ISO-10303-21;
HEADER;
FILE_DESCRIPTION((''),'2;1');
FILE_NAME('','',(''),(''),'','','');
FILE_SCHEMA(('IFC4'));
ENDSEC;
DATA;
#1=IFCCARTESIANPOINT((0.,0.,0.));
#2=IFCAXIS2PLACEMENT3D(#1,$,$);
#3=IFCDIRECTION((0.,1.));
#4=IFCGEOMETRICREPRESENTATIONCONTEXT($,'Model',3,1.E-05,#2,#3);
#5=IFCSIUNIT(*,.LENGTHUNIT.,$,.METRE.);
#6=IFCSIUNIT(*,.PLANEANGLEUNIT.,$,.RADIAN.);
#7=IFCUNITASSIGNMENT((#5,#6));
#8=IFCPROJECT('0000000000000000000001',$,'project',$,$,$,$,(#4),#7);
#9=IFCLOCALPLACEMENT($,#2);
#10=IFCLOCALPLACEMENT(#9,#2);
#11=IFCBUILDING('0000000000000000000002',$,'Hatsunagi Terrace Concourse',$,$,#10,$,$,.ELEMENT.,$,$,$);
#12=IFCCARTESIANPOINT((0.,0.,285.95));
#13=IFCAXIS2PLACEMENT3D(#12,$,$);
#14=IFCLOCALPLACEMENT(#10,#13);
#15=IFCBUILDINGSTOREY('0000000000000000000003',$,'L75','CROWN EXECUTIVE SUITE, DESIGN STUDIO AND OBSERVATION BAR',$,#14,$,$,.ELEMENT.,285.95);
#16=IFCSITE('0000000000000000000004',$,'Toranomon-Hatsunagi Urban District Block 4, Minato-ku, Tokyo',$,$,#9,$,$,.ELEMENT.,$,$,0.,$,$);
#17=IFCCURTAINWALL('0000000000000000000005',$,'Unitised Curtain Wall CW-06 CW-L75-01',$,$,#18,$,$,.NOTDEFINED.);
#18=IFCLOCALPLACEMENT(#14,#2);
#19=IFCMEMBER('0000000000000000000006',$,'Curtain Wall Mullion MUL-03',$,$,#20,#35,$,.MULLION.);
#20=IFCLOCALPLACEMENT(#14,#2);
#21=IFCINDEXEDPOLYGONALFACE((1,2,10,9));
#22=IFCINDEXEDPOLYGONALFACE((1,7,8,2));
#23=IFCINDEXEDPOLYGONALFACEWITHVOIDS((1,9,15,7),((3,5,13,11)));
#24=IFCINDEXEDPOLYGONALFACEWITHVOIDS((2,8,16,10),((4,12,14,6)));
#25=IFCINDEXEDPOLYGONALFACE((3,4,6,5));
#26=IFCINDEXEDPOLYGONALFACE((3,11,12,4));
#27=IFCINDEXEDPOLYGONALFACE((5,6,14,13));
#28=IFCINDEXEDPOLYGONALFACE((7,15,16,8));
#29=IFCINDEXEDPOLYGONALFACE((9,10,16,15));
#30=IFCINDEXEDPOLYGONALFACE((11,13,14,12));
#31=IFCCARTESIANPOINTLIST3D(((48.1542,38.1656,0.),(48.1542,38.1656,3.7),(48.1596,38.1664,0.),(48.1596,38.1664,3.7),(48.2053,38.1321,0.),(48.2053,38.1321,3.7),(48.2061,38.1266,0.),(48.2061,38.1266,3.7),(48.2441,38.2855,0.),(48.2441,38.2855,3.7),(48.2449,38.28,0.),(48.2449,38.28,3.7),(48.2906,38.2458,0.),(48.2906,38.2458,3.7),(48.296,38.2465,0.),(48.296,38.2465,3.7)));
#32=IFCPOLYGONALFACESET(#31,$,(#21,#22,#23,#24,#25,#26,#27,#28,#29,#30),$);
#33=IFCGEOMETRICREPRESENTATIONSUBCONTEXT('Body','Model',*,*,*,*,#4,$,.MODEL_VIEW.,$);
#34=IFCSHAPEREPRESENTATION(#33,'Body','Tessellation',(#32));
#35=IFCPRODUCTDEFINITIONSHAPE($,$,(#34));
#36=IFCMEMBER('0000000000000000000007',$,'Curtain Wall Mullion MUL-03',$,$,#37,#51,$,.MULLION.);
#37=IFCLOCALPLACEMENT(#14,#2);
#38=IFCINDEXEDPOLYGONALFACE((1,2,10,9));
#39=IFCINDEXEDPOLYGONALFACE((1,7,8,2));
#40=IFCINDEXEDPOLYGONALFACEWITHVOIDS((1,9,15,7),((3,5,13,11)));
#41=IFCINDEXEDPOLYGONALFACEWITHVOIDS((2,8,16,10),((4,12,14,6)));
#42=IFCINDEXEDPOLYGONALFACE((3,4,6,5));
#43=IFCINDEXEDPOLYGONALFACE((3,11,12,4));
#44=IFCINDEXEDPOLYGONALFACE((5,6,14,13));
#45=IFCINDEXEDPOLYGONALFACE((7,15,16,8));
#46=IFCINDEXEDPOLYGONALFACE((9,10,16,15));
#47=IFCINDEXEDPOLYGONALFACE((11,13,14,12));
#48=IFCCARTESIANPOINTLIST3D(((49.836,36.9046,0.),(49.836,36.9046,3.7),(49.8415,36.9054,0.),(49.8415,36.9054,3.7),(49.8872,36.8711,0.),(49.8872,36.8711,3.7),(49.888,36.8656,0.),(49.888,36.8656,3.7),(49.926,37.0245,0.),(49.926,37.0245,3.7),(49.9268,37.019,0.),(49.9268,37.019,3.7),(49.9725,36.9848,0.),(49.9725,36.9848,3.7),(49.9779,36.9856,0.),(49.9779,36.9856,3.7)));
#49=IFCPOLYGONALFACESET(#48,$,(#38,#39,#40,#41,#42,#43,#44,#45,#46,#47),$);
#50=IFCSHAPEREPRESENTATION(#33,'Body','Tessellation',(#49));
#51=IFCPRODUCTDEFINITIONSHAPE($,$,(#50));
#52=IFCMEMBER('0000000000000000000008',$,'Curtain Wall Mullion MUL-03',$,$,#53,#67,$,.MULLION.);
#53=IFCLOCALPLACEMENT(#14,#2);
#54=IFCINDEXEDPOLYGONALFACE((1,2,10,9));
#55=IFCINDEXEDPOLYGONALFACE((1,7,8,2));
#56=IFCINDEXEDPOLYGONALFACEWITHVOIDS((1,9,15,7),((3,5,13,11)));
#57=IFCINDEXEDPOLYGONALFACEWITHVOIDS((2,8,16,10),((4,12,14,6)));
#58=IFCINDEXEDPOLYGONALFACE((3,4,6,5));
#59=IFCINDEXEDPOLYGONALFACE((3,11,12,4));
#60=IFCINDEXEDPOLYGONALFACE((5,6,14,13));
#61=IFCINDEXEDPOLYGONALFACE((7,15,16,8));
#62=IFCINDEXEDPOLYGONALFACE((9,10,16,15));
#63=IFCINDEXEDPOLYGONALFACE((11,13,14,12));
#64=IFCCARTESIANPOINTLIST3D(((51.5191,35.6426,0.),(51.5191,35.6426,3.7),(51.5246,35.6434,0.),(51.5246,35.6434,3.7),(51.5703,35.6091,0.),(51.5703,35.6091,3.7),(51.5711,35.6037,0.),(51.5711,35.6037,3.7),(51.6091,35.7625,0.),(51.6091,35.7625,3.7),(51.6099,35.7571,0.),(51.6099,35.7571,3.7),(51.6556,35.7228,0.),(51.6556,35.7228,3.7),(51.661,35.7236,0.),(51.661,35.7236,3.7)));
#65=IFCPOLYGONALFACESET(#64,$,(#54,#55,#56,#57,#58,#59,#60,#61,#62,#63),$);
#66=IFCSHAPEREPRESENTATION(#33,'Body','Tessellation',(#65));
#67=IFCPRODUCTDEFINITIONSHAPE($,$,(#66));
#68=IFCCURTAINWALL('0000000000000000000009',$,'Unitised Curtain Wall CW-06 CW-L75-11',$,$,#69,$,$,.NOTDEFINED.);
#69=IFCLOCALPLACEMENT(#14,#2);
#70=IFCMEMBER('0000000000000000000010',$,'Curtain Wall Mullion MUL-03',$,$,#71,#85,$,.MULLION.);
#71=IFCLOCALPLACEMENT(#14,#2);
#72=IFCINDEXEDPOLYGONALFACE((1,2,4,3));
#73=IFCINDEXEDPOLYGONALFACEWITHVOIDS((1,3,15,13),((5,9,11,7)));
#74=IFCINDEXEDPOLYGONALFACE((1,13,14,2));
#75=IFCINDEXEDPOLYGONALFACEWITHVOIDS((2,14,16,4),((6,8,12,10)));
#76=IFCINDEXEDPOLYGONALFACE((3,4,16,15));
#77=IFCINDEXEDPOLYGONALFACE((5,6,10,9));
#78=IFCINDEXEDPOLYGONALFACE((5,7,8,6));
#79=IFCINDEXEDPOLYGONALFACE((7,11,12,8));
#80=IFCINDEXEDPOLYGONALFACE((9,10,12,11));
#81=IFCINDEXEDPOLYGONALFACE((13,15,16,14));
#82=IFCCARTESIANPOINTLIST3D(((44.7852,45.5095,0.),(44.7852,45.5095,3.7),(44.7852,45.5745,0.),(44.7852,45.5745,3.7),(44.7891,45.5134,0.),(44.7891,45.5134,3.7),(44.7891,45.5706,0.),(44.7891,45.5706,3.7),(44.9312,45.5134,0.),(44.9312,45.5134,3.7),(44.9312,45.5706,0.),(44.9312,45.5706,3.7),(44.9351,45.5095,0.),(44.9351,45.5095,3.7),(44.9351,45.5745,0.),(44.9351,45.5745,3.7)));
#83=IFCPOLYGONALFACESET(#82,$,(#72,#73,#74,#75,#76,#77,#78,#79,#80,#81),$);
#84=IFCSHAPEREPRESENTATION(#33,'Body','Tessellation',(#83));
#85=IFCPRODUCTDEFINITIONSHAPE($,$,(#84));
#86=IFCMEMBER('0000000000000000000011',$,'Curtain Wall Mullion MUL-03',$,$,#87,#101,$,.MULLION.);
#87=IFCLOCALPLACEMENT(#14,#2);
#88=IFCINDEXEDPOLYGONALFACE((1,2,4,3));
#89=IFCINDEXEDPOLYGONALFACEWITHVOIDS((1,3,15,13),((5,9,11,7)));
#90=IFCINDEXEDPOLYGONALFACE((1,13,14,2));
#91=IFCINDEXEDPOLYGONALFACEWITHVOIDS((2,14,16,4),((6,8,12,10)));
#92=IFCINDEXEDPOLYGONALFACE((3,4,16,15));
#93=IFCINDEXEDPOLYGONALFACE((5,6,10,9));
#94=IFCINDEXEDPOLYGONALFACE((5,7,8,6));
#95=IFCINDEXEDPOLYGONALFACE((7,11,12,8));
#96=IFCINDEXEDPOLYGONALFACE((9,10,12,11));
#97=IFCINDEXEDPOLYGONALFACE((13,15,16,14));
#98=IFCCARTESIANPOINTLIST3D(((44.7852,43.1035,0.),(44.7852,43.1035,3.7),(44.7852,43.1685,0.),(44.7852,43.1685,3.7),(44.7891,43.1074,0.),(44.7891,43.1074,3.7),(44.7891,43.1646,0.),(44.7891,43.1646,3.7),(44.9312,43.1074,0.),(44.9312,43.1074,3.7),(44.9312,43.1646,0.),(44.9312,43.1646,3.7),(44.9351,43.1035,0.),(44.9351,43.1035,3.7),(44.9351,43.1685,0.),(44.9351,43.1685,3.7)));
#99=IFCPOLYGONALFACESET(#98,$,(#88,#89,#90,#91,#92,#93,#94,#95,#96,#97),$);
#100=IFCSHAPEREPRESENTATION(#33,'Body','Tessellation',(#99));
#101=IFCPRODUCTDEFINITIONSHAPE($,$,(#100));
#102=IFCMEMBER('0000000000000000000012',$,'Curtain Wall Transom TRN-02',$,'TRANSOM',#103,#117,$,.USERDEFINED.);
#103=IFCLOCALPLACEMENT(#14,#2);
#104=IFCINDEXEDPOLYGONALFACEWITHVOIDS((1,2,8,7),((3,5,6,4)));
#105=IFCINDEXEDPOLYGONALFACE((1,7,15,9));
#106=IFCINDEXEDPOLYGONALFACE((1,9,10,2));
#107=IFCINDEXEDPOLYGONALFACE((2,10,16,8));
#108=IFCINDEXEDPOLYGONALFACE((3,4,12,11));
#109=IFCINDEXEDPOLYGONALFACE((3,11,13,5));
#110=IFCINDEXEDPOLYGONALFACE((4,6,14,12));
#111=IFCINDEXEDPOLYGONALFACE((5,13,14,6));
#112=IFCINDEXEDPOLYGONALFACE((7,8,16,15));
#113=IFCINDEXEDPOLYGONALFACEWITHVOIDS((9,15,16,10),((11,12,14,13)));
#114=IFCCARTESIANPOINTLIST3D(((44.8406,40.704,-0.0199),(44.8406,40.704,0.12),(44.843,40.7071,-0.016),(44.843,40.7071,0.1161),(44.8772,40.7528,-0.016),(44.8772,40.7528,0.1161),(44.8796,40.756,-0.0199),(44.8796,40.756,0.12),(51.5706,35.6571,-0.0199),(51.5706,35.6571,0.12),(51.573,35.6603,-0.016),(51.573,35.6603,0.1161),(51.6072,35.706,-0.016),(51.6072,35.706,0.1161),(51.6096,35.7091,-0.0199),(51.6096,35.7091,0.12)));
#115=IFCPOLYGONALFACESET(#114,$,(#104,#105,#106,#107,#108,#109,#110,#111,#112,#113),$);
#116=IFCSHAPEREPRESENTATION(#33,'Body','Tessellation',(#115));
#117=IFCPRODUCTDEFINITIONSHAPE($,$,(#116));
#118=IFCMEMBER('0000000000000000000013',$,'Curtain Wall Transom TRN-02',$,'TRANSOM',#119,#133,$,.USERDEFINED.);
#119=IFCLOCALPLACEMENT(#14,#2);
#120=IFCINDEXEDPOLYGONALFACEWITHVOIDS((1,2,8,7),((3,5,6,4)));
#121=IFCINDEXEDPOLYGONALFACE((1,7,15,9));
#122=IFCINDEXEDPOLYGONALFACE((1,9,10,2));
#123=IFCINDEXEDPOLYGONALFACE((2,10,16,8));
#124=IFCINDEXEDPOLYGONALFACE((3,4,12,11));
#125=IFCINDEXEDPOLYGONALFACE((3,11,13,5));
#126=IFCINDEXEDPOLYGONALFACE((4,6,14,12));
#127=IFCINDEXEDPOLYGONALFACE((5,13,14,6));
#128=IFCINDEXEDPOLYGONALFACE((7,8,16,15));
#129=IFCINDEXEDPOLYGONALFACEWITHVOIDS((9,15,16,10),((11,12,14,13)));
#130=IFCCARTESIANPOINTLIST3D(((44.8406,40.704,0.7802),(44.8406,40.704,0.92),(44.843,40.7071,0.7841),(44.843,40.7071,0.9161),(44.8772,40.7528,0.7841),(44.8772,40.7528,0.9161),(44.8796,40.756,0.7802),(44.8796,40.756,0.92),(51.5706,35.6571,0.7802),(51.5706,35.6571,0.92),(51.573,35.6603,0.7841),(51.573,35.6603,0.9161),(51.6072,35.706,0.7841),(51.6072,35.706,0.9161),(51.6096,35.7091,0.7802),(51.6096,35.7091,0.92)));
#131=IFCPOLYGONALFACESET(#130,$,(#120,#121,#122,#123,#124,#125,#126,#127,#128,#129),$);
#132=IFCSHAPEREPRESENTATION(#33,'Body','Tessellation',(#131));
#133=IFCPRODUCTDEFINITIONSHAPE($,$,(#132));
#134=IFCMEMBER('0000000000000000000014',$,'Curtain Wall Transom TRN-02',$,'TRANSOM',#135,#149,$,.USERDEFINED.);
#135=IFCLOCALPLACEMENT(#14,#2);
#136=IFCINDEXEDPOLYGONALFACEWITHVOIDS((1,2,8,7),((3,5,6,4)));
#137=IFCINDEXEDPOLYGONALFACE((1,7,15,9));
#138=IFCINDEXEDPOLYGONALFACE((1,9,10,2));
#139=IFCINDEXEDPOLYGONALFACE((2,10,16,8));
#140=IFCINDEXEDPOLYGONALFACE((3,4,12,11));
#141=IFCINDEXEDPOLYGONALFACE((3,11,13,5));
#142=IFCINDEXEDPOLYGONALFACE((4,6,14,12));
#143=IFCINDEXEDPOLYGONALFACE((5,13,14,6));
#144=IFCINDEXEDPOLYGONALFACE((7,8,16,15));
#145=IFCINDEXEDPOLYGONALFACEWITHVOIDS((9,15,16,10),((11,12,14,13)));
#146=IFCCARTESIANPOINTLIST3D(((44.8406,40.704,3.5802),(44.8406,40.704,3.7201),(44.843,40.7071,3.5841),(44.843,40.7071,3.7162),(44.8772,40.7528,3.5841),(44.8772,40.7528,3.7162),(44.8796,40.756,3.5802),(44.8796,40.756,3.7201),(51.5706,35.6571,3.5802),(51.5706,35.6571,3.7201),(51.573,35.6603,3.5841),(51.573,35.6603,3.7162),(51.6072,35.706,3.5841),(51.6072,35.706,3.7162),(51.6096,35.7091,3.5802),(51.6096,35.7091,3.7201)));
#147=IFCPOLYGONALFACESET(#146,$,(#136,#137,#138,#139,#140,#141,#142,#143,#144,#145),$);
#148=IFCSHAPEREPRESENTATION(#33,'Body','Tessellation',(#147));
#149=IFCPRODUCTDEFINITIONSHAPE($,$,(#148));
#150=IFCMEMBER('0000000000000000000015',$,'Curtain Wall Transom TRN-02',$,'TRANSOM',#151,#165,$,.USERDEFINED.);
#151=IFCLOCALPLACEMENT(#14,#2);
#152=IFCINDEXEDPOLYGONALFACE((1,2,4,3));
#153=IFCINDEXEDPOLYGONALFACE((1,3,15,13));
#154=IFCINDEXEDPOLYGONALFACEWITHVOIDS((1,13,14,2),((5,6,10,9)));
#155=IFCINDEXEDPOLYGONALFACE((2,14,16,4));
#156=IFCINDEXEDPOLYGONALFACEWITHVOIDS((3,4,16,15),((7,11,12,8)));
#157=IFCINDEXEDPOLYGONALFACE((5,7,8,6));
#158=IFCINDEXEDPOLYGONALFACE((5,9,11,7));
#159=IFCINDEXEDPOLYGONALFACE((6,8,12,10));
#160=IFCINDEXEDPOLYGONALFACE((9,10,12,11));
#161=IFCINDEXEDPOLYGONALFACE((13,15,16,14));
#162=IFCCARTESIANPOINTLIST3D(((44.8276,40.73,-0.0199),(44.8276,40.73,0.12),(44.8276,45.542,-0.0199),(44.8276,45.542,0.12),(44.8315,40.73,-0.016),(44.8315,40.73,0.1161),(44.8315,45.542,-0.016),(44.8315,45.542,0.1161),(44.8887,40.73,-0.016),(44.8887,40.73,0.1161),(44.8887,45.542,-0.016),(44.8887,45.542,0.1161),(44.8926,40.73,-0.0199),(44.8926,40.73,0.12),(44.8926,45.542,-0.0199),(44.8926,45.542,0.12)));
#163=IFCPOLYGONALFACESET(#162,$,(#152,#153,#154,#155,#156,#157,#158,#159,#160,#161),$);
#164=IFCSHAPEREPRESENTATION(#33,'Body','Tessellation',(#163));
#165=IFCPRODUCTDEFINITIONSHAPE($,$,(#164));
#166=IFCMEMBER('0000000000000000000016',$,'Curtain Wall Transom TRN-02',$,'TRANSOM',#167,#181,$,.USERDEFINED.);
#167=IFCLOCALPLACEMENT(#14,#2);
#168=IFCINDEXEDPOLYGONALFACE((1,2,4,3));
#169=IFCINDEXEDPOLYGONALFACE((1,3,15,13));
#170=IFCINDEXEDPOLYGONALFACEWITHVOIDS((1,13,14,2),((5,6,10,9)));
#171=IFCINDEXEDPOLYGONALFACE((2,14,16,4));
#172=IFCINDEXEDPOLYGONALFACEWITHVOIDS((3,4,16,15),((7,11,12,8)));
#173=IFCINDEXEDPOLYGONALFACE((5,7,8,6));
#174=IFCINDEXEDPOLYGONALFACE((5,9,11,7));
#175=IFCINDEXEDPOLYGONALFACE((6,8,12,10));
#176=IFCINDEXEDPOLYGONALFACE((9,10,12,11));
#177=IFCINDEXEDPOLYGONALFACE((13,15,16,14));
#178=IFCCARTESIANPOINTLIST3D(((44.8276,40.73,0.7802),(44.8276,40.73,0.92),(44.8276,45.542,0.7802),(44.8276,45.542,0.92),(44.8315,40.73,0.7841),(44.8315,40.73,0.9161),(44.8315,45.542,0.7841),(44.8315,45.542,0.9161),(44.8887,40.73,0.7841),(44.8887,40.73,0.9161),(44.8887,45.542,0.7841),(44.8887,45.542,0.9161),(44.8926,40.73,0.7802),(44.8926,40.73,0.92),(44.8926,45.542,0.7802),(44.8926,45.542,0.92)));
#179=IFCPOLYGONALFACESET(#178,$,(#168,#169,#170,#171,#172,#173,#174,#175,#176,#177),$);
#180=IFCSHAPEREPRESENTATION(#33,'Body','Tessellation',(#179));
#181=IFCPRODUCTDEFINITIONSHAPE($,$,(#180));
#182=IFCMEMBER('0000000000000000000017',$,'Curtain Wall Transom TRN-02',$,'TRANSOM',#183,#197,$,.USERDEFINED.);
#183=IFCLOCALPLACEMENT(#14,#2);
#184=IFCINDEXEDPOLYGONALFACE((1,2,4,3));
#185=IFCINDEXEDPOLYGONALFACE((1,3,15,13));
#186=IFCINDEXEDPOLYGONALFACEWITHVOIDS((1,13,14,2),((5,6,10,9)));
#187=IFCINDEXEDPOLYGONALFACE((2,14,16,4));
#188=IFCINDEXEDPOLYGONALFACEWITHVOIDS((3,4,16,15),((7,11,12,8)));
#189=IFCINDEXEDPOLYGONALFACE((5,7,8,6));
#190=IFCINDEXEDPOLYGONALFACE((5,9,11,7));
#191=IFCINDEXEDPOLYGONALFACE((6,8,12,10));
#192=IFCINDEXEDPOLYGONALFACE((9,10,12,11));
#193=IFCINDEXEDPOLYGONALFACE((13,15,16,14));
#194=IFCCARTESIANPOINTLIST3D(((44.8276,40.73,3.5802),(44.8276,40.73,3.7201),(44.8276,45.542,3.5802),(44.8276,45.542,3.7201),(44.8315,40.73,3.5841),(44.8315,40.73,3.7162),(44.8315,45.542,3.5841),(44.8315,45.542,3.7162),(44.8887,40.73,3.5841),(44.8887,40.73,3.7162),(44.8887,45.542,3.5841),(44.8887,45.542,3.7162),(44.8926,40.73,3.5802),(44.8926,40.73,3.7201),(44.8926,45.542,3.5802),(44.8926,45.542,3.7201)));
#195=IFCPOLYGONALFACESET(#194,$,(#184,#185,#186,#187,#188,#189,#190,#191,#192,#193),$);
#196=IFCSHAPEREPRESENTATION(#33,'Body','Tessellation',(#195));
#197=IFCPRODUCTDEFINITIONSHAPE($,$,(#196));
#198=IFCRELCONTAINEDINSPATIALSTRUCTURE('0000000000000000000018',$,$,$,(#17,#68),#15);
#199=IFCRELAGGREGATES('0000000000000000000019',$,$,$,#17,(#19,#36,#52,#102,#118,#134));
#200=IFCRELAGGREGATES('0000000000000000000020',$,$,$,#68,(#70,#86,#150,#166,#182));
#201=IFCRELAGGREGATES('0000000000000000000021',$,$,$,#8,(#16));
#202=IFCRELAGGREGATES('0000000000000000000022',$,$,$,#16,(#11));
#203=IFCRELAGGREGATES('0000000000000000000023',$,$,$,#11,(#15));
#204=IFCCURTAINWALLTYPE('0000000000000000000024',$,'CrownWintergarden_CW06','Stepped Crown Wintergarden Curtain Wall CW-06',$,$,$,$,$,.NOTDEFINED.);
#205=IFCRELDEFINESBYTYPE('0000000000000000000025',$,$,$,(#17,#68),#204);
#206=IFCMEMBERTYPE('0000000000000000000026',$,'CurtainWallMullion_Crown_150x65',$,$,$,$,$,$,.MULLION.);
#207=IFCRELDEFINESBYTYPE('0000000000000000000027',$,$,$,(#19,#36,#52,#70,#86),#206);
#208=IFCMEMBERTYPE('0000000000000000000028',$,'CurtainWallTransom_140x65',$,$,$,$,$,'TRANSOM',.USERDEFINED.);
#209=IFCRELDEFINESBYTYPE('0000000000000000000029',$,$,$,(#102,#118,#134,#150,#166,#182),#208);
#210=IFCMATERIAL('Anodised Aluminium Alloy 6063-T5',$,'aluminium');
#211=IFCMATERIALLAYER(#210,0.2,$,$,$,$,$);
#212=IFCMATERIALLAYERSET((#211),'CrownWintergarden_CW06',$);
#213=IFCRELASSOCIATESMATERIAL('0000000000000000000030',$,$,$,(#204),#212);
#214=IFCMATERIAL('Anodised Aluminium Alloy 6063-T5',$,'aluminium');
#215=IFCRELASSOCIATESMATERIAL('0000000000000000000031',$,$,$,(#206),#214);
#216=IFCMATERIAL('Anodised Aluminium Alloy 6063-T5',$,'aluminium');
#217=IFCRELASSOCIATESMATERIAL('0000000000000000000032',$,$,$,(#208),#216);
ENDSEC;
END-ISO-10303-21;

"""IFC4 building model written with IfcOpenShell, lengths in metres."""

from ifc_helpers import new_model, si_unit, direction, frame, origin, origin_2d, place, context, subcontext, project, spatial, hollow_rectangle, extrude, material, layer, layer_set, material_profile, profile_set, type_object, element, aggregate, save


model = new_model("IFC4")

# Units and contexts
model_context = context("Model", 3, precision=1e-05, world=origin(), true_north=direction((0.0, 1.0)))
body_context = subcontext(model_context, "Body", "Model", "MODEL_VIEW")
ifc_project = project(units=[si_unit("LENGTHUNIT", "METRE"), si_unit("PLANEANGLEUNIT", "RADIAN")], contexts=[model_context])

# Site, building, storey
site_placement = place(None, origin())
site = spatial("IfcSite", under=ifc_project, at=site_placement, Name="Toranomon-Hatsunagi Urban District Block 4, Minato-ku, Tokyo", CompositionType="ELEMENT", RefElevation=0.0)
building_placement = place(site_placement, origin())
building = spatial("IfcBuilding", under=site, at=building_placement, Name="Hatsunagi Terrace Concourse", CompositionType="ELEMENT")
storey_placement = place(building_placement, frame((0.0, 0.0, 285.95)))
storey = spatial("IfcBuildingStorey", under=building, at=storey_placement, Name="L75", Description="CROWN EXECUTIVE SUITE, DESIGN STUDIO AND OBSERVATION BAR", CompositionType="ELEMENT", Elevation=285.95)

# Curtain walls, members
ifc_material_1 = material(Name="Anodised Aluminium Alloy 6063-T5", Category="aluminium")
ifc_layer_1 = layer(ifc_material_1, 0.2)
ifc_layer_set_1 = layer_set([ifc_layer_1], Name="CrownWintergarden_CW06")
curtain_wall_type = type_object("IfcCurtainWallType", Name="CrownWintergarden_CW06", Description="Stepped Crown Wintergarden Curtain Wall CW-06", PredefinedType="NOTDEFINED", material=ifc_layer_set_1)
curtain_wall_1_placement = place(storey_placement, origin())
curtain_wall_1 = element("IfcCurtainWall", 1, at=curtain_wall_1_placement, inside=storey, type_object=curtain_wall_type, Name="Unitised Curtain Wall CW-06 CW-L75-01", PredefinedType="NOTDEFINED")
ifc_material_2 = material(Name="Anodised Aluminium Alloy 6063-T5", Category="aluminium")
ifc_material_profile_1 = material_profile(ifc_material_2, hollow_rectangle(XDim=0.0649, YDim=0.1499, WallThickness=0.0039, at=origin_2d()), Name="ALU-MUL-150x65x4")
ifc_profile_set_1 = profile_set([ifc_material_profile_1], Name="Anodised Aluminium Alloy 6063-T5")
member_type_1 = type_object("IfcMemberType", Name="CurtainWallMullion_Crown_150x65", PredefinedType="MULLION", material=ifc_profile_set_1)
member_1_placement = place(storey_placement, frame((48.2251, 38.2061, 0.0), z_axis=(0.0, 0.0, 1.0), x_axis=(0.800028, -0.599962, 0.0)))
member_1 = element("IfcMember", 2, at=member_1_placement, type_object=member_type_1, Name="Curtain Wall Mullion MUL-03", PredefinedType="MULLION", context=body_context, shape_type="SweptSolid", body=[
    extrude(hollow_rectangle(XDim=0.0649, YDim=0.1499, WallThickness=0.0039, at=origin_2d()), origin(), (0.0, 0.0, 1.0), 3.7),
])
member_2_placement = place(storey_placement, frame((49.907, 36.9451, 0.0), z_axis=(0.0, 0.0, 1.0), x_axis=(0.800028, -0.599962, 0.0)))
member_2 = element("IfcMember", 3, at=member_2_placement, type_object=member_type_1, Name="Curtain Wall Mullion MUL-03", PredefinedType="MULLION", context=body_context, shape_type="SweptSolid", body=[
    extrude(hollow_rectangle(XDim=0.0649, YDim=0.1499, WallThickness=0.0039, at=origin_2d()), origin(), (0.0, 0.0, 1.0), 3.7),
])
member_3_placement = place(storey_placement, frame((51.5901, 35.6831, 0.0), z_axis=(0.0, 0.0, 1.0), x_axis=(0.800028, -0.599962, 0.0)))
member_3 = element("IfcMember", 4, at=member_3_placement, type_object=member_type_1, Name="Curtain Wall Mullion MUL-03", PredefinedType="MULLION", context=body_context, shape_type="SweptSolid", body=[
    extrude(hollow_rectangle(XDim=0.0649, YDim=0.1499, WallThickness=0.0039, at=origin_2d()), origin(), (0.0, 0.0, 1.0), 3.7),
])
curtain_wall_2_placement = place(storey_placement, origin())
curtain_wall_2 = element("IfcCurtainWall", 5, at=curtain_wall_2_placement, inside=storey, type_object=curtain_wall_type, Name="Unitised Curtain Wall CW-06 CW-L75-11", PredefinedType="NOTDEFINED")
member_4_placement = place(storey_placement, frame((44.8601, 45.542, 0.0), z_axis=(0.0, 0.0, 1.0), x_axis=(0.0, -1.0, 0.0)))
member_4 = element("IfcMember", 6, at=member_4_placement, type_object=member_type_1, Name="Curtain Wall Mullion MUL-03", PredefinedType="MULLION", context=body_context, shape_type="SweptSolid", body=[
    extrude(hollow_rectangle(XDim=0.0649, YDim=0.1499, WallThickness=0.0039, at=origin_2d()), origin(), (0.0, 0.0, 1.0), 3.7),
])
member_5_placement = place(storey_placement, frame((44.8601, 43.136, 0.0), z_axis=(0.0, 0.0, 1.0), x_axis=(0.0, -1.0, 0.0)))
member_5 = element("IfcMember", 7, at=member_5_placement, type_object=member_type_1, Name="Curtain Wall Mullion MUL-03", PredefinedType="MULLION", context=body_context, shape_type="SweptSolid", body=[
    extrude(hollow_rectangle(XDim=0.0649, YDim=0.1499, WallThickness=0.0039, at=origin_2d()), origin(), (0.0, 0.0, 1.0), 3.7),
])

# Members
ifc_material_3 = material(Name="Anodised Aluminium Alloy 6063-T5", Category="aluminium")
ifc_material_profile_2 = material_profile(ifc_material_3, hollow_rectangle(XDim=0.0649, YDim=0.1399, WallThickness=0.0039, at=origin_2d()), Name="ALU-TRN-140x65x4")
ifc_profile_set_2 = profile_set([ifc_material_profile_2], Name="Anodised Aluminium Alloy 6063-T5")
member_type_2 = type_object("IfcMemberType", Name="CurtainWallTransom_140x65", ElementType="TRANSOM", PredefinedType="USERDEFINED", material=ifc_profile_set_2)
member_6_placement = place(storey_placement, frame((44.8601, 40.73, 0.05), z_axis=(0.800035, -0.599954, 0.0), x_axis=(0.599954, 0.800035, 0.0)))
member_6 = element("IfcMember", 8, at=member_6_placement, type_object=member_type_2, Name="Curtain Wall Transom TRN-02", ObjectType="TRANSOM", PredefinedType="USERDEFINED", context=body_context, shape_type="SweptSolid", body=[
    extrude(hollow_rectangle(XDim=0.0649, YDim=0.1399, WallThickness=0.0039, at=origin_2d()), origin(), (0.0, 0.0, 1.0), 8.4121),
])
member_7_placement = place(storey_placement, frame((44.8601, 40.73, 0.8501), z_axis=(0.800035, -0.599954, 0.0), x_axis=(0.599954, 0.800035, 0.0)))
member_7 = element("IfcMember", 9, at=member_7_placement, type_object=member_type_2, Name="Curtain Wall Transom TRN-02", ObjectType="TRANSOM", PredefinedType="USERDEFINED", context=body_context, shape_type="SweptSolid", body=[
    extrude(hollow_rectangle(XDim=0.0649, YDim=0.1399, WallThickness=0.0039, at=origin_2d()), origin(), (0.0, 0.0, 1.0), 8.4121),
])
member_8_placement = place(storey_placement, frame((44.8601, 40.73, 3.6501), z_axis=(0.800035, -0.599954, 0.0), x_axis=(0.599954, 0.800035, 0.0)))
member_8 = element("IfcMember", 10, at=member_8_placement, type_object=member_type_2, Name="Curtain Wall Transom TRN-02", ObjectType="TRANSOM", PredefinedType="USERDEFINED", context=body_context, shape_type="SweptSolid", body=[
    extrude(hollow_rectangle(XDim=0.0649, YDim=0.1399, WallThickness=0.0039, at=origin_2d()), origin(), (0.0, 0.0, 1.0), 8.4121),
])
member_9_placement = place(storey_placement, frame((44.8601, 45.542, 0.05), z_axis=(0.0, -1.0, 0.0), x_axis=(1.0, 0.0, 0.0)))
member_9 = element("IfcMember", 11, at=member_9_placement, type_object=member_type_2, Name="Curtain Wall Transom TRN-02", ObjectType="TRANSOM", PredefinedType="USERDEFINED", context=body_context, shape_type="SweptSolid", body=[
    extrude(hollow_rectangle(XDim=0.0649, YDim=0.1399, WallThickness=0.0039, at=origin_2d()), origin(), (0.0, 0.0, 1.0), 4.812),
])
member_10_placement = place(storey_placement, frame((44.8601, 45.542, 0.8501), z_axis=(0.0, -1.0, 0.0), x_axis=(1.0, 0.0, 0.0)))
member_10 = element("IfcMember", 12, at=member_10_placement, type_object=member_type_2, Name="Curtain Wall Transom TRN-02", ObjectType="TRANSOM", PredefinedType="USERDEFINED", context=body_context, shape_type="SweptSolid", body=[
    extrude(hollow_rectangle(XDim=0.0649, YDim=0.1399, WallThickness=0.0039, at=origin_2d()), origin(), (0.0, 0.0, 1.0), 4.812),
])
member_11_placement = place(storey_placement, frame((44.8601, 45.542, 3.6501), z_axis=(0.0, -1.0, 0.0), x_axis=(1.0, 0.0, 0.0)))
member_11 = element("IfcMember", 13, at=member_11_placement, type_object=member_type_2, Name="Curtain Wall Transom TRN-02", ObjectType="TRANSOM", PredefinedType="USERDEFINED", context=body_context, shape_type="SweptSolid", body=[
    extrude(hollow_rectangle(XDim=0.0649, YDim=0.1399, WallThickness=0.0039, at=origin_2d()), origin(), (0.0, 0.0, 1.0), 4.812),
])

aggregate(curtain_wall_1, [member_1, member_2, member_3, member_6, member_7, member_8])
aggregate(curtain_wall_2, [member_4, member_5, member_9, member_10, member_11])

save(model, "model.ifc")
